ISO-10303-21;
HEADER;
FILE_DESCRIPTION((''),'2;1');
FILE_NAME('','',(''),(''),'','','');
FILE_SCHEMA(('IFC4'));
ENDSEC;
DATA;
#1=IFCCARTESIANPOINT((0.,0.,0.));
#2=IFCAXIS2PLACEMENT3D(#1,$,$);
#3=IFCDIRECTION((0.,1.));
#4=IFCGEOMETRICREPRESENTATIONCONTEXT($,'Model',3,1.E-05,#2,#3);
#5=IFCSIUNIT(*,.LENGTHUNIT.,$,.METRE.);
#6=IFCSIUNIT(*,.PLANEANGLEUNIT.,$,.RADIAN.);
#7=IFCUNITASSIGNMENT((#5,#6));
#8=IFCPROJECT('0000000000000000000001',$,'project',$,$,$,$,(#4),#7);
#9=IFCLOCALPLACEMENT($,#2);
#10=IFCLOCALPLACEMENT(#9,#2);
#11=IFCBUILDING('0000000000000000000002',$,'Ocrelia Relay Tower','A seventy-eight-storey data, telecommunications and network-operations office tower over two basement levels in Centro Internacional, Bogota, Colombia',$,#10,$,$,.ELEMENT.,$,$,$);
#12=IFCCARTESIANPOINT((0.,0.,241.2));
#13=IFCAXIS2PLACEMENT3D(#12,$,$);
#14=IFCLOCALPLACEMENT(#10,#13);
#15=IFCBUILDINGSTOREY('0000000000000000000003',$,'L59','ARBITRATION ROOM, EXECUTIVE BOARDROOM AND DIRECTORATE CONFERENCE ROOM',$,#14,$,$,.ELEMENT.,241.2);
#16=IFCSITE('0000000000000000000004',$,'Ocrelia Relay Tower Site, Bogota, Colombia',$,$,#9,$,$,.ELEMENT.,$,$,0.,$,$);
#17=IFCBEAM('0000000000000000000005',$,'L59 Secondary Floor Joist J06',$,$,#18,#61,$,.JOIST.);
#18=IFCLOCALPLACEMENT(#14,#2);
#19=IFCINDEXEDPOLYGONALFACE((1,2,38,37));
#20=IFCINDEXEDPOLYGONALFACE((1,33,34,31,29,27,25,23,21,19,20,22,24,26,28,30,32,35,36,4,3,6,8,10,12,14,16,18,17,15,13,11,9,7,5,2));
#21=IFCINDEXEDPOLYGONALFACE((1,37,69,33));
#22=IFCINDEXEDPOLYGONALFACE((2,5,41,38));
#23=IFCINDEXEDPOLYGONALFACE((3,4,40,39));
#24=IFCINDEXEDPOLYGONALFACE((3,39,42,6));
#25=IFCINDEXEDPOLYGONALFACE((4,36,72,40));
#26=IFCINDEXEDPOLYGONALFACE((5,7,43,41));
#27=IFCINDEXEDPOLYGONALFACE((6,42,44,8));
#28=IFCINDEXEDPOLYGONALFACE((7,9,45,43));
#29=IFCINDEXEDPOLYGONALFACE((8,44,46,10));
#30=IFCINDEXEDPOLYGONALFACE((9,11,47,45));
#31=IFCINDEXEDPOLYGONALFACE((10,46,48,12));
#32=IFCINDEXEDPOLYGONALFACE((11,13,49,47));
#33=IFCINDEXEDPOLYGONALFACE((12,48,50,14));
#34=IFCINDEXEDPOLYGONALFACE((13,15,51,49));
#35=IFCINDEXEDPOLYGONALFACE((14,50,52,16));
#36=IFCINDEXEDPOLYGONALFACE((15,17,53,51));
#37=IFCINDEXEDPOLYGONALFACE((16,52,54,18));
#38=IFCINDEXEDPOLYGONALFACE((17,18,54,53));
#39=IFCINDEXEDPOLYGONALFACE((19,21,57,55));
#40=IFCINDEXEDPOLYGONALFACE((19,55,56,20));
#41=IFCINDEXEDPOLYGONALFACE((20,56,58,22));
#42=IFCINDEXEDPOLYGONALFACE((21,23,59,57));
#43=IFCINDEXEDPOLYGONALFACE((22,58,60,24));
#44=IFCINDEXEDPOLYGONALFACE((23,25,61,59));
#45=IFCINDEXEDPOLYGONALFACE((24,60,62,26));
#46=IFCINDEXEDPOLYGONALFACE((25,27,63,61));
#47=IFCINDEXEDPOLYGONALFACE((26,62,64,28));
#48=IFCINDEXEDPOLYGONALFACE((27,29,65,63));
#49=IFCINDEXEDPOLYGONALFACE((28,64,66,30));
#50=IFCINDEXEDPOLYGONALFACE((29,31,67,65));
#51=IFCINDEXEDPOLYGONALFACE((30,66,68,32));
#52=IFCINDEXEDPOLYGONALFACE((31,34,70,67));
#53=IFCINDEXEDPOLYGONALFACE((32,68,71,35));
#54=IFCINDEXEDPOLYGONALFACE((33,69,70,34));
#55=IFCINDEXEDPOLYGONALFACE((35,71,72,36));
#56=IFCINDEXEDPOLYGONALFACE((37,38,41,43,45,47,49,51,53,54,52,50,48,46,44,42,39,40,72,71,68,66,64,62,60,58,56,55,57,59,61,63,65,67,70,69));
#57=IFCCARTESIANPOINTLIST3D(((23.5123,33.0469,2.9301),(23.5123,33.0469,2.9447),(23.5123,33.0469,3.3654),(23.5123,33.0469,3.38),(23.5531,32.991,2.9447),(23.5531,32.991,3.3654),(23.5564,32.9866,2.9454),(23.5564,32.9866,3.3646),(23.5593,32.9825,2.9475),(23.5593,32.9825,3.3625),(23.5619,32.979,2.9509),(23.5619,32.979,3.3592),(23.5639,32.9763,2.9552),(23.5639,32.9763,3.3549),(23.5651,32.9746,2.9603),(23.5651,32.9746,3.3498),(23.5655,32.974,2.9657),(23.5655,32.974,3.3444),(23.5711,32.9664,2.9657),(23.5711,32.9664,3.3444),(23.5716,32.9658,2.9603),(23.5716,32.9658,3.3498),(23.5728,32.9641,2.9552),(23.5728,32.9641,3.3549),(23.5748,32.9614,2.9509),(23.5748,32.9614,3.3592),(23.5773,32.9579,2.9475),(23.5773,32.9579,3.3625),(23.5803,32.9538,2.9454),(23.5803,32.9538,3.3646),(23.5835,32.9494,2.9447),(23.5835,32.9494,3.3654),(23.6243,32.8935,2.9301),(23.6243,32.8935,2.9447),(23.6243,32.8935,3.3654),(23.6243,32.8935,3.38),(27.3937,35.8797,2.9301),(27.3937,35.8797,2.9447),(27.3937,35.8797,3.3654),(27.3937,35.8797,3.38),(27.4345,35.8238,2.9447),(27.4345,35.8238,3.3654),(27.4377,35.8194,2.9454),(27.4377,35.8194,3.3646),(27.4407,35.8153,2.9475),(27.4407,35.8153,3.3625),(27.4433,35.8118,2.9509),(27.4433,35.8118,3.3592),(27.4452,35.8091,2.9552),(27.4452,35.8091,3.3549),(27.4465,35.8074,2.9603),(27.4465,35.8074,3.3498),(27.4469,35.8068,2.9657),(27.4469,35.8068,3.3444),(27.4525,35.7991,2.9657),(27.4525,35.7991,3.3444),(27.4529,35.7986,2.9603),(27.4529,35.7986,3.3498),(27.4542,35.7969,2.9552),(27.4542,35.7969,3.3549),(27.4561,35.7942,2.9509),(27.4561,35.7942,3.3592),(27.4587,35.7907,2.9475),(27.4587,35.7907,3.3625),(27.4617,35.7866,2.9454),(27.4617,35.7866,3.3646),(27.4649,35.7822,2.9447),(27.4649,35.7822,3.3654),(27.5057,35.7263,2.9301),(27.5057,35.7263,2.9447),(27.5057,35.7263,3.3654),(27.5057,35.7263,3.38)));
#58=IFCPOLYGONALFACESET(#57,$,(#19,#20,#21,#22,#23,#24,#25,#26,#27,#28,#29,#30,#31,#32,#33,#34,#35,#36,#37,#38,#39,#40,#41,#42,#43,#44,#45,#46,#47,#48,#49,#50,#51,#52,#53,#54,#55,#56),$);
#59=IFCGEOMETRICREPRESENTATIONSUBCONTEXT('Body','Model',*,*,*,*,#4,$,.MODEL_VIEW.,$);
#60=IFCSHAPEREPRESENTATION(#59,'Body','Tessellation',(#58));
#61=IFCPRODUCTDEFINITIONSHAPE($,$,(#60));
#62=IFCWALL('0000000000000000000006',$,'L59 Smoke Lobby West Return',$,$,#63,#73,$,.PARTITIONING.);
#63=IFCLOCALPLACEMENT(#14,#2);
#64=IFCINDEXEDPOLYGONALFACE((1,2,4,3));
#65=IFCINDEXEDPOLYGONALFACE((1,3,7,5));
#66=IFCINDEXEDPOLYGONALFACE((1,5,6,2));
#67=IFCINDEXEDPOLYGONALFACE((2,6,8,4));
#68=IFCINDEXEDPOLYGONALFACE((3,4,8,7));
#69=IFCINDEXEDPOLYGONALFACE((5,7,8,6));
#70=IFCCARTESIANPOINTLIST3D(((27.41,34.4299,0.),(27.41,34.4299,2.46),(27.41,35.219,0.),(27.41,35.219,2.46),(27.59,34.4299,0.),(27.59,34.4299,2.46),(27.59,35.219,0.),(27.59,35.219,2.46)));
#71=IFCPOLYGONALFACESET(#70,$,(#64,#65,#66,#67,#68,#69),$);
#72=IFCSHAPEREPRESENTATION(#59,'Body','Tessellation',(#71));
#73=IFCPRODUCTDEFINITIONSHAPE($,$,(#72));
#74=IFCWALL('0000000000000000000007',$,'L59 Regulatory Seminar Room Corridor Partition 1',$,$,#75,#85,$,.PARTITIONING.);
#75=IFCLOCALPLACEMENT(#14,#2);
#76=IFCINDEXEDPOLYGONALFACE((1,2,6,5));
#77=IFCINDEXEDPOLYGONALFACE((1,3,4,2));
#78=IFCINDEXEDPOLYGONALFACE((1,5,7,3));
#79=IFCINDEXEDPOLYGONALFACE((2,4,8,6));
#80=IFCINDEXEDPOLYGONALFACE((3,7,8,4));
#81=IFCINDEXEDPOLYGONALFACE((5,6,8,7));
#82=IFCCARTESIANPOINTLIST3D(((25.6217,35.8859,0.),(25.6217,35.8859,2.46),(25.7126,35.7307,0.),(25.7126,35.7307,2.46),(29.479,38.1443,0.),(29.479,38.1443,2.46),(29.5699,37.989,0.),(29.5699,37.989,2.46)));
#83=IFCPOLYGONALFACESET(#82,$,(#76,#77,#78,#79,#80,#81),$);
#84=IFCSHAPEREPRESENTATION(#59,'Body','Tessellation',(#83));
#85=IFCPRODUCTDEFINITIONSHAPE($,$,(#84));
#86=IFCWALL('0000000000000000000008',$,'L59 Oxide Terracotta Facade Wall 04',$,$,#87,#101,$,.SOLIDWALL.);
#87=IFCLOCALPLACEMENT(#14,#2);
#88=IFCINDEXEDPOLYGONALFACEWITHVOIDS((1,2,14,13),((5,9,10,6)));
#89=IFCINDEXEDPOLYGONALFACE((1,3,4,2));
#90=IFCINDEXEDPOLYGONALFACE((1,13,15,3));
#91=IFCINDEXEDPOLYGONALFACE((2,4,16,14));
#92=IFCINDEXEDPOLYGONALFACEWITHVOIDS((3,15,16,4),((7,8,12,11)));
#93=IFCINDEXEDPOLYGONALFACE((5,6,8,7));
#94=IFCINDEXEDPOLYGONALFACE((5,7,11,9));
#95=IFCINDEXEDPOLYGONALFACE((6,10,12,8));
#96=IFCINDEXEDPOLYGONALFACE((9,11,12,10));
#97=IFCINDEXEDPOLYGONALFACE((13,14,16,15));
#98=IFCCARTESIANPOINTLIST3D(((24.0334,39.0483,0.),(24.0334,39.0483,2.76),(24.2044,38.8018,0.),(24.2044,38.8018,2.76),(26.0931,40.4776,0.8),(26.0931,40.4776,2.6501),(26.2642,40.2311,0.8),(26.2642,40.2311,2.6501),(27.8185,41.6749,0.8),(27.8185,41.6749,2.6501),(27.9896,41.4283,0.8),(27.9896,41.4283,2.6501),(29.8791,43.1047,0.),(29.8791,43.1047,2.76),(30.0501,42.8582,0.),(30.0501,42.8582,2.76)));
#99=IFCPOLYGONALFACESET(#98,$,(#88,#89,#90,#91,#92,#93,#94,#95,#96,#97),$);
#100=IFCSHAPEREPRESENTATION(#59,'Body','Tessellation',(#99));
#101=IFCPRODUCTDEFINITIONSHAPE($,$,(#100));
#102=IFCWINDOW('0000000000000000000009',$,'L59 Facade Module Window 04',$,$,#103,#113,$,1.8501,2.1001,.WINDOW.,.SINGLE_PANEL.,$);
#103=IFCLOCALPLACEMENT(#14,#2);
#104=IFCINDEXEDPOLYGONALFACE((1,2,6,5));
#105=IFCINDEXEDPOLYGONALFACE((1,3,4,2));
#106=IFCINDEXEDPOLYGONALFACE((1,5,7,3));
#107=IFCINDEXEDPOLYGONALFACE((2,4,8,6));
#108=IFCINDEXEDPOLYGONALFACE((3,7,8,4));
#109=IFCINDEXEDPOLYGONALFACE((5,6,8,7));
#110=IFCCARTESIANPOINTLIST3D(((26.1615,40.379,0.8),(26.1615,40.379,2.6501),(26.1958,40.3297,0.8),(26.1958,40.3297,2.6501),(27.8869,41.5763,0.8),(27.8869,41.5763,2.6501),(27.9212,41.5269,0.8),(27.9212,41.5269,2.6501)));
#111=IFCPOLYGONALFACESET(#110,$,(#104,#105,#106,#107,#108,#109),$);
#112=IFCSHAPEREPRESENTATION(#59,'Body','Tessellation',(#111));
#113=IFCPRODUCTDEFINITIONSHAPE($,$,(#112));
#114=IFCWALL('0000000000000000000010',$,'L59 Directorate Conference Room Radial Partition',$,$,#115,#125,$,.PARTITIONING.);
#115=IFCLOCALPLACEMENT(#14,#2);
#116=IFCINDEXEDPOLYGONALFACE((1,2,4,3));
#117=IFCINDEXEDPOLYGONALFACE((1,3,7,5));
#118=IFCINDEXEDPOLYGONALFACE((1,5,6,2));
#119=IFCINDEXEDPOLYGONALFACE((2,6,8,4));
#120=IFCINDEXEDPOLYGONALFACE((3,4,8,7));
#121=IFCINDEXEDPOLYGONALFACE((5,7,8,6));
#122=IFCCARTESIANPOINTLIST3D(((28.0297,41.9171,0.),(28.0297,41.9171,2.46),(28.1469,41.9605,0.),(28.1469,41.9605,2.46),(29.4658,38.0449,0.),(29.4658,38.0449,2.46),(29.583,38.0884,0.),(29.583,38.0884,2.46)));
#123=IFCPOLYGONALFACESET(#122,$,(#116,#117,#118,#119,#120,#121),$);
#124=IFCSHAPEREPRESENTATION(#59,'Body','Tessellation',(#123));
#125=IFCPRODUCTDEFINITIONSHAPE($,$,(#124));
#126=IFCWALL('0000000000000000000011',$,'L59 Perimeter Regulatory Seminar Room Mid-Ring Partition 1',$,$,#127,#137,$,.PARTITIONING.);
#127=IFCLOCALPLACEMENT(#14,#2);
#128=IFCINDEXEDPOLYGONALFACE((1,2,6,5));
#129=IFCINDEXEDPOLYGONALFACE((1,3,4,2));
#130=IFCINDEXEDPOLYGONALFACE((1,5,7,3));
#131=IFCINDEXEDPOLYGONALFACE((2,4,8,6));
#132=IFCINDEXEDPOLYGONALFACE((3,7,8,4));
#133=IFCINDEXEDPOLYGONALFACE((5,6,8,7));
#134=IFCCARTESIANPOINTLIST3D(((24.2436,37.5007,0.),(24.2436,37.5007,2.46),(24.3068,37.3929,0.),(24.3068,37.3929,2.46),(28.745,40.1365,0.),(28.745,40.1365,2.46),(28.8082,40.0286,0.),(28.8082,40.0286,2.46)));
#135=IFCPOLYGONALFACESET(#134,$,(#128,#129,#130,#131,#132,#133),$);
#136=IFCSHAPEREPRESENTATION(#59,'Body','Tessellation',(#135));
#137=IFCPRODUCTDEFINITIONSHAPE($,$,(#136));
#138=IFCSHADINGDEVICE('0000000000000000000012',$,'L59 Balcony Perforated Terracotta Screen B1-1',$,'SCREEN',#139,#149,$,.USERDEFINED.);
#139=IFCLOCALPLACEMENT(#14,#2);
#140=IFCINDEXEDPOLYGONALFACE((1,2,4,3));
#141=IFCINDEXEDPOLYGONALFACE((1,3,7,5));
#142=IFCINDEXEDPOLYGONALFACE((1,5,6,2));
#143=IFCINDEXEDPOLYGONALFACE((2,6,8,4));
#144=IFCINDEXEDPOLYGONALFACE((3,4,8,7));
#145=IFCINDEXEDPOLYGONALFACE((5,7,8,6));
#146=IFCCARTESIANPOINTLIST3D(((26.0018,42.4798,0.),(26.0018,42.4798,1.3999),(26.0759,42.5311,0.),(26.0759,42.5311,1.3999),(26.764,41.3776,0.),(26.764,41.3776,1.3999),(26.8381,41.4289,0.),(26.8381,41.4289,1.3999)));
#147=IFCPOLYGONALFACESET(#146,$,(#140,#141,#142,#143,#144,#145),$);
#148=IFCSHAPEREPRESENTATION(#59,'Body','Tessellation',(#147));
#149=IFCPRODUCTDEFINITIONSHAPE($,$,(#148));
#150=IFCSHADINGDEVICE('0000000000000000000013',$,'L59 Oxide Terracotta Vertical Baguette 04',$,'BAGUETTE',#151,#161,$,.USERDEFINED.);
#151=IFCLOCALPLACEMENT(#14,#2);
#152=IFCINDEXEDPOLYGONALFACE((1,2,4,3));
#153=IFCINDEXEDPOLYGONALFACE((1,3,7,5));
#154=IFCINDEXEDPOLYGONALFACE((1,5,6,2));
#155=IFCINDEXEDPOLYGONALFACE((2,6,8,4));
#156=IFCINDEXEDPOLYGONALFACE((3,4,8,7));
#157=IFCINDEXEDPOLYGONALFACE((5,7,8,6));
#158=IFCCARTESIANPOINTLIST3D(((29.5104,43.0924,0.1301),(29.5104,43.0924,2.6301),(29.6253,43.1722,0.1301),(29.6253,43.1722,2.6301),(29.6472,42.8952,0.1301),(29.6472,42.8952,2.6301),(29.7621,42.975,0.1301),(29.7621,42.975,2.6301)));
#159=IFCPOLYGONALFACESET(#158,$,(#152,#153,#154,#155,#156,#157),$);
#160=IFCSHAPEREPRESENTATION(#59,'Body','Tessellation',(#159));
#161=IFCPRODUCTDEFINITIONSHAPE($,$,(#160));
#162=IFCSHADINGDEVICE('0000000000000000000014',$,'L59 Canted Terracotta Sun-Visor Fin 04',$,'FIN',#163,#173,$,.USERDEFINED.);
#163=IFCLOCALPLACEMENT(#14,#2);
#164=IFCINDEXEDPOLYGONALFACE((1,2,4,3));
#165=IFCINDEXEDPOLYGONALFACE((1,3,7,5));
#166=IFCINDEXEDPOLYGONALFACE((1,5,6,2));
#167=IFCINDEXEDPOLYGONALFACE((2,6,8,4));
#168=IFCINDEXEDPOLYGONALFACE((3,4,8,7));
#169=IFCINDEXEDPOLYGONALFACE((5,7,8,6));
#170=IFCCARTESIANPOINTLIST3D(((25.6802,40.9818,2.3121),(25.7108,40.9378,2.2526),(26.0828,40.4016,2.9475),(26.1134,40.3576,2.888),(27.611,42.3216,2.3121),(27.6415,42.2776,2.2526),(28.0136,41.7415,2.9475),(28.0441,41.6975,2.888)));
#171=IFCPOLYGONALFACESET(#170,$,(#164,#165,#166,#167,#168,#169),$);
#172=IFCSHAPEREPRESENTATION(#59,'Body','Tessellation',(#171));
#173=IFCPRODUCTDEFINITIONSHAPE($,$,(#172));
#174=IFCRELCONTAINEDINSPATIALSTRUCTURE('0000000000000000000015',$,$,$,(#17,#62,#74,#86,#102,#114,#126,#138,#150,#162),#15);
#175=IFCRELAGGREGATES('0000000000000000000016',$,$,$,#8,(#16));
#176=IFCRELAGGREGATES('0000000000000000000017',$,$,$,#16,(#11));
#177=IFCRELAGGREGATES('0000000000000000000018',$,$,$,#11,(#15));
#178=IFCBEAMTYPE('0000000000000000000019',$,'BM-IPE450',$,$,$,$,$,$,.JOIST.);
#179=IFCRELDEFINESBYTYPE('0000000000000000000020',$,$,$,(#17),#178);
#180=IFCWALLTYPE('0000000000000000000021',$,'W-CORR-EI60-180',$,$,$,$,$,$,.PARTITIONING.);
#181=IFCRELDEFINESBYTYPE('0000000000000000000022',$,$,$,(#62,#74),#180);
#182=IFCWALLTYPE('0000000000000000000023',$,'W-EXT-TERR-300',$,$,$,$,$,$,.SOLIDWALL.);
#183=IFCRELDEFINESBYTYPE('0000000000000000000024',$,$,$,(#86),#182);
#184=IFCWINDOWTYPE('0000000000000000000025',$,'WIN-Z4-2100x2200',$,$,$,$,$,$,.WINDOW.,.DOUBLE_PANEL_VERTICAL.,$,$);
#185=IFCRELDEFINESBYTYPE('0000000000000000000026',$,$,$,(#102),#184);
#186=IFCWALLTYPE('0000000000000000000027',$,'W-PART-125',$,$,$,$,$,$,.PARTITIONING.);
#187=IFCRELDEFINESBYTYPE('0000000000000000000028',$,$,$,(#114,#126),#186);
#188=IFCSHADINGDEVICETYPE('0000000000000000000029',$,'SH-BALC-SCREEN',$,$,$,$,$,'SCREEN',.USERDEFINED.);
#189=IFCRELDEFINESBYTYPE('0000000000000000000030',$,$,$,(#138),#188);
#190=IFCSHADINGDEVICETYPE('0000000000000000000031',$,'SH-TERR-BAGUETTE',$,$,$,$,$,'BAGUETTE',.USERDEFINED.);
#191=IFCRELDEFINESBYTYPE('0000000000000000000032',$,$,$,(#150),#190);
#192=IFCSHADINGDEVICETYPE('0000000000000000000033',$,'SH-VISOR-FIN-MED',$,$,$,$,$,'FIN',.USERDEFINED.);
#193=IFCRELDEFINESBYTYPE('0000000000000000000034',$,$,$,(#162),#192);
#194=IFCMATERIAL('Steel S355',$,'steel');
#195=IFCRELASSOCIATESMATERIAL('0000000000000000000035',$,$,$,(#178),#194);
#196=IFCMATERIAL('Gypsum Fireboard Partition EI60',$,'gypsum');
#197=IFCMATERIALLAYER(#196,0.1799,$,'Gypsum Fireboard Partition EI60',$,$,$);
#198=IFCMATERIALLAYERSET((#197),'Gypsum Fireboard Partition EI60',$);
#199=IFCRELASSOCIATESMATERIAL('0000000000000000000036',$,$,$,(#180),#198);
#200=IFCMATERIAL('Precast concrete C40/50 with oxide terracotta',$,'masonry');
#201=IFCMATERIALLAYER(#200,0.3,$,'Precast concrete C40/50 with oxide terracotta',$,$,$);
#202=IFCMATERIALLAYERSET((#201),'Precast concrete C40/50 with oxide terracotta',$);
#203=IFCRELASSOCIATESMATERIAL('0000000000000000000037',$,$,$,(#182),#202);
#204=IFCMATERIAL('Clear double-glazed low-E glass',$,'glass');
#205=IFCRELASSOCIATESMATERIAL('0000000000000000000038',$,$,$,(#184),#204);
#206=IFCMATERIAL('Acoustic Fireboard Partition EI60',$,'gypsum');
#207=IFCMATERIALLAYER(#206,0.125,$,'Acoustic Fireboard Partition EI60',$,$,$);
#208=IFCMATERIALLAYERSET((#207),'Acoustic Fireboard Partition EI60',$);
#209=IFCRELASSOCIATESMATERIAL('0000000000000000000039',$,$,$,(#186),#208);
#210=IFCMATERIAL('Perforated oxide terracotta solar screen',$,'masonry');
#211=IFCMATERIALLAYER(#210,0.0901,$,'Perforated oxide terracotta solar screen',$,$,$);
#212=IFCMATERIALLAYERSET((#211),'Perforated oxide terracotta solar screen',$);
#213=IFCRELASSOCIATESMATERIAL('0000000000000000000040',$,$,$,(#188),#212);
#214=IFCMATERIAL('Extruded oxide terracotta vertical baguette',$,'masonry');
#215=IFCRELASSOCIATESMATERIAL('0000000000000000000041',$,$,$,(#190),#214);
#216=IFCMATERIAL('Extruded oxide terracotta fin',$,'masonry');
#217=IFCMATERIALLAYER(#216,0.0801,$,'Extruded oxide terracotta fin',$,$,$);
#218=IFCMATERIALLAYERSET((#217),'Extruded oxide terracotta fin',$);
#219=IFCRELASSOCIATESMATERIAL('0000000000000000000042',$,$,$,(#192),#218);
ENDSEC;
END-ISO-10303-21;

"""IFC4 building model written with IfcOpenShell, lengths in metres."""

from ifc_helpers import new_model, si_unit, direction, frame, frame_2d, origin, origin_2d, place, context, subcontext, project, spatial, rectangle, i_section, extrude, material, layer, layer_set, material_profile, profile_set, type_object, element, fill, save


model = new_model("IFC4")

# Units and contexts
model_context = context("Model", 3, precision=1e-05, world=origin(), true_north=direction((0.0, 1.0)))
body_context = subcontext(model_context, "Body", "Model", "MODEL_VIEW")
ifc_project = project(units=[si_unit("LENGTHUNIT", "METRE"), si_unit("PLANEANGLEUNIT", "RADIAN")], contexts=[model_context])

# Site, building, storey
site_placement = place(None, origin())
site = spatial("IfcSite", under=ifc_project, at=site_placement, Name="Ocrelia Relay Tower Site, Bogota, Colombia", CompositionType="ELEMENT", RefElevation=0.0)
building_placement = place(site_placement, origin())
building = spatial("IfcBuilding", under=site, at=building_placement, Name="Ocrelia Relay Tower", Description="A seventy-eight-storey data, telecommunications and network-operations office tower over two basement levels in Centro Internacional, Bogota, Colombia", CompositionType="ELEMENT")
storey_placement = place(building_placement, frame((0.0, 0.0, 241.2)))
storey = spatial("IfcBuildingStorey", under=building, at=storey_placement, Name="L59", Description="ARBITRATION ROOM, EXECUTIVE BOARDROOM AND DIRECTORATE CONFERENCE ROOM", CompositionType="ELEMENT", Elevation=241.2)

# Beam
ifc_material_1 = material(Name="Steel S355", Category="steel")
ifc_material_profile_1 = material_profile(ifc_material_1, i_section(OverallWidth=0.1899, OverallDepth=0.45, WebThickness=0.0095, FlangeThickness=0.0146, FilletRadius=0.021, at=origin_2d()), Name="IPE 450")
ifc_profile_set_1 = profile_set([ifc_material_profile_1], Name="Steel S355")
beam_type_1 = type_object("IfcBeamType", Name="BM-IPE450", PredefinedType="JOIST", material=ifc_profile_set_1)
beam_1_placement = place(storey_placement, frame((27.4497, 35.803, 3.155), z_axis=(-0.807748, -0.589527, 0.0), x_axis=(0.589527, -0.807748, 0.0)))
element("IfcBeam", 1, at=beam_1_placement, inside=storey, type_object=beam_type_1, Name="L59 Secondary Floor Joist J06", PredefinedType="JOIST", context=body_context, shape_type="SweptSolid", body=[
    extrude(i_section(OverallWidth=0.1899, OverallDepth=0.45, WebThickness=0.0095, FlangeThickness=0.0146, FilletRadius=0.021, at=origin_2d()), origin(), (0.0, 0.0, 1.0), 4.8052),
])

# Wall
ifc_material_2 = material(Name="Gypsum Fireboard Partition EI60", Category="gypsum")
ifc_layer_1 = layer(ifc_material_2, 0.1799, Name="Gypsum Fireboard Partition EI60")
ifc_layer_set_1 = layer_set([ifc_layer_1], Name="Gypsum Fireboard Partition EI60")
wall_type_1 = type_object("IfcWallType", Name="W-CORR-EI60-180", PredefinedType="PARTITIONING", material=ifc_layer_set_1)
wall_1_placement = place(storey_placement, frame((27.5, 34.4299, 0.0), z_axis=(0.0, 0.0, 1.0), x_axis=(0.0, 1.0, 0.0)))
element("IfcWall", 2, at=wall_1_placement, inside=storey, type_object=wall_type_1, Name="L59 Smoke Lobby West Return", PredefinedType="PARTITIONING", context=body_context, shape_type="SweptSolid", body=[
    extrude(rectangle(XDim=0.7891, YDim=0.1799, at=frame_2d((0.3945, 0.0))), origin(), (0.0, 0.0, 1.0), 2.46),
])

# Wall
wall_2_placement = place(storey_placement, frame((29.5244, 38.0667, 0.0), z_axis=(0.0, 0.0, 1.0), x_axis=(-0.862971, -0.505253, 0.0)))
element("IfcWall", 3, at=wall_2_placement, inside=storey, type_object=wall_type_1, Name="L59 Regulatory Seminar Room Corridor Partition 1", PredefinedType="PARTITIONING", context=body_context, shape_type="SweptSolid", body=[
    extrude(rectangle(XDim=4.4697, YDim=0.1799, at=frame_2d((2.2349, 0.0))), origin(), (0.0, 0.0, 1.0), 2.46),
])

# Wall, opening, window
ifc_material_3 = material(Name="Precast concrete C40/50 with oxide terracotta", Category="masonry")
ifc_layer_2 = layer(ifc_material_3, 0.3, Name="Precast concrete C40/50 with oxide terracotta")
ifc_layer_set_2 = layer_set([ifc_layer_2], Name="Precast concrete C40/50 with oxide terracotta")
wall_type_2 = type_object("IfcWallType", Name="W-EXT-TERR-300", PredefinedType="SOLIDWALL", material=ifc_layer_set_2)
wall_3_placement = place(storey_placement, frame((29.9646, 42.9814, 0.0), z_axis=(0.0, 0.0, 1.0), x_axis=(-0.821575, -0.5701, 0.0)))
wall_3 = element("IfcWall", 4, at=wall_3_placement, inside=storey, type_object=wall_type_2, Name="L59 Oxide Terracotta Facade Wall 04", PredefinedType="SOLIDWALL", context=body_context, shape_type="SweptSolid", body=[
    extrude(rectangle(XDim=7.1152, YDim=0.3, at=frame_2d((3.5576, 0.0))), origin(), (0.0, 0.0, 1.0), 2.76),
])
opening_1_placement = place(wall_3_placement, frame((2.5081, 0.0, 0.8)))
opening_1 = element("IfcOpeningElement", 5, at=opening_1_placement, cuts=wall_3, PredefinedType="OPENING", context=body_context, shape_type="SweptSolid", body=[
    extrude(rectangle(XDim=2.1001, YDim=1.8501, at=frame_2d((1.05, 0.925))), frame((0.0, 0.1602, 0.0), z_axis=(0.0, -1.0, 0.0), x_axis=(1.0, 0.0, 0.0)), (0.0, 0.0, 1.0), 0.3201),
])
ifc_material_4 = material(Name="Clear double-glazed low-E glass", Category="glass")
window_type = type_object("IfcWindowType", Name="WIN-Z4-2100x2200", PartitioningType="DOUBLE_PANEL_VERTICAL", PredefinedType="WINDOW", material=ifc_material_4)
window_placement = place(opening_1_placement, origin())
window = element("IfcWindow", 6, at=window_placement, inside=storey, type_object=window_type, Name="L59 Facade Module Window 04", OverallHeight=1.8501, OverallWidth=2.1001, PartitioningType="SINGLE_PANEL", PredefinedType="WINDOW", context=body_context, shape_type="SweptSolid", body=[
    extrude(rectangle(XDim=2.1001, YDim=1.8501, at=frame_2d((1.05, 0.925))), frame((0.0, 0.03, 0.0), z_axis=(0.0, -1.0, 0.0), x_axis=(1.0, 0.0, 0.0)), (0.0, 0.0, 1.0), 0.0601),
])
fill(opening_1, window)

# Walls
ifc_material_5 = material(Name="Acoustic Fireboard Partition EI60", Category="gypsum")
ifc_layer_3 = layer(ifc_material_5, 0.125, Name="Acoustic Fireboard Partition EI60")
ifc_layer_set_3 = layer_set([ifc_layer_3], Name="Acoustic Fireboard Partition EI60")
wall_type_3 = type_object("IfcWallType", Name="W-PART-125", PredefinedType="PARTITIONING", material=ifc_layer_set_3)
wall_4_placement = place(storey_placement, frame((29.5244, 38.0667, 0.0), z_axis=(0.0, 0.0, 1.0), x_axis=(-0.347726, 0.937596, 0.0)))
element("IfcWall", 7, at=wall_4_placement, inside=storey, type_object=wall_type_3, Name="L59 Directorate Conference Room Radial Partition", PredefinedType="PARTITIONING", context=body_context, shape_type="SweptSolid", body=[
    extrude(rectangle(XDim=4.1299, YDim=0.125, at=frame_2d((2.0649, 0.0))), origin(), (0.0, 0.0, 1.0), 2.46),
])
wall_5_placement = place(storey_placement, frame((28.7766, 40.0825, 0.0), z_axis=(0.0, 0.0, 1.0), x_axis=(-0.862953, -0.505285, 0.0)))
element("IfcWall", 8, at=wall_5_placement, inside=storey, type_object=wall_type_3, Name="L59 Perimeter Regulatory Seminar Room Mid-Ring Partition 1", PredefinedType="PARTITIONING", context=body_context, shape_type="SweptSolid", body=[
    extrude(rectangle(XDim=5.2163, YDim=0.125, at=frame_2d((2.6082, 0.0))), origin(), (0.0, 0.0, 1.0), 2.46),
])

# Shading devices
ifc_material_6 = material(Name="Perforated oxide terracotta solar screen", Category="masonry")
ifc_layer_4 = layer(ifc_material_6, 0.0901, Name="Perforated oxide terracotta solar screen")
ifc_layer_set_4 = layer_set([ifc_layer_4], Name="Perforated oxide terracotta solar screen")
shading_device_type_1 = type_object("IfcShadingDeviceType", Name="SH-BALC-SCREEN", ElementType="SCREEN", PredefinedType="USERDEFINED", material=ifc_layer_set_4)
shading_device_1_placement = place(storey_placement, frame((26.4199, 41.9543, 0.0), z_axis=(0.0, 0.0, 1.0), x_axis=(-0.568796, 0.822479, 0.0)))
element("IfcShadingDevice", 9, at=shading_device_1_placement, inside=storey, type_object=shading_device_type_1, Name="L59 Balcony Perforated Terracotta Screen B1-1", ObjectType="SCREEN", PredefinedType="USERDEFINED", context=body_context, shape_type="SweptSolid", body=[
    extrude(rectangle(XDim=1.3401, YDim=0.0901, at=origin_2d()), origin(), (0.0, 0.0, 1.0), 1.3999),
])
ifc_material_7 = material(Name="Extruded oxide terracotta vertical baguette", Category="masonry")
shading_device_type_2 = type_object("IfcShadingDeviceType", Name="SH-TERR-BAGUETTE", ElementType="BAGUETTE", PredefinedType="USERDEFINED", material=ifc_material_7)
shading_device_2_placement = place(storey_placement, frame((29.6362, 43.0337, 0.1301), z_axis=(0.0, 0.0, 1.0), x_axis=(-0.821564, -0.570117, 0.0)))
element("IfcShadingDevice", 10, at=shading_device_2_placement, inside=storey, type_object=shading_device_type_2, Name="L59 Oxide Terracotta Vertical Baguette 04", ObjectType="BAGUETTE", PredefinedType="USERDEFINED", context=body_context, shape_type="SweptSolid", body=[
    extrude(rectangle(XDim=0.1399, YDim=0.24, at=origin_2d()), origin(), (0.0, 0.0, 1.0), 2.5),
])
ifc_material_8 = material(Name="Extruded oxide terracotta fin", Category="masonry")
ifc_layer_5 = layer(ifc_material_8, 0.0801, Name="Extruded oxide terracotta fin")
ifc_layer_set_5 = layer_set([ifc_layer_5], Name="Extruded oxide terracotta fin")
shading_device_type_3 = type_object("IfcShadingDeviceType", Name="SH-VISOR-FIN-MED", ElementType="FIN", PredefinedType="USERDEFINED", material=ifc_layer_set_5)
shading_device_3_placement = place(storey_placement, frame((26.8774, 41.3176, 2.5703), z_axis=(-0.381335, 0.54952, 0.743378), x_axis=(-0.821564, -0.570117, 0.0)))
element("IfcShadingDevice", 11, at=shading_device_3_placement, inside=storey, type_object=shading_device_type_3, Name="L59 Canted Terracotta Sun-Visor Fin 04", ObjectType="FIN", PredefinedType="USERDEFINED", context=body_context, shape_type="SweptSolid", body=[
    extrude(rectangle(XDim=2.3501, YDim=0.95, at=origin_2d()), origin(), (0.0, 0.0, 1.0), 0.0801),
])

save(model, "model.ifc")
